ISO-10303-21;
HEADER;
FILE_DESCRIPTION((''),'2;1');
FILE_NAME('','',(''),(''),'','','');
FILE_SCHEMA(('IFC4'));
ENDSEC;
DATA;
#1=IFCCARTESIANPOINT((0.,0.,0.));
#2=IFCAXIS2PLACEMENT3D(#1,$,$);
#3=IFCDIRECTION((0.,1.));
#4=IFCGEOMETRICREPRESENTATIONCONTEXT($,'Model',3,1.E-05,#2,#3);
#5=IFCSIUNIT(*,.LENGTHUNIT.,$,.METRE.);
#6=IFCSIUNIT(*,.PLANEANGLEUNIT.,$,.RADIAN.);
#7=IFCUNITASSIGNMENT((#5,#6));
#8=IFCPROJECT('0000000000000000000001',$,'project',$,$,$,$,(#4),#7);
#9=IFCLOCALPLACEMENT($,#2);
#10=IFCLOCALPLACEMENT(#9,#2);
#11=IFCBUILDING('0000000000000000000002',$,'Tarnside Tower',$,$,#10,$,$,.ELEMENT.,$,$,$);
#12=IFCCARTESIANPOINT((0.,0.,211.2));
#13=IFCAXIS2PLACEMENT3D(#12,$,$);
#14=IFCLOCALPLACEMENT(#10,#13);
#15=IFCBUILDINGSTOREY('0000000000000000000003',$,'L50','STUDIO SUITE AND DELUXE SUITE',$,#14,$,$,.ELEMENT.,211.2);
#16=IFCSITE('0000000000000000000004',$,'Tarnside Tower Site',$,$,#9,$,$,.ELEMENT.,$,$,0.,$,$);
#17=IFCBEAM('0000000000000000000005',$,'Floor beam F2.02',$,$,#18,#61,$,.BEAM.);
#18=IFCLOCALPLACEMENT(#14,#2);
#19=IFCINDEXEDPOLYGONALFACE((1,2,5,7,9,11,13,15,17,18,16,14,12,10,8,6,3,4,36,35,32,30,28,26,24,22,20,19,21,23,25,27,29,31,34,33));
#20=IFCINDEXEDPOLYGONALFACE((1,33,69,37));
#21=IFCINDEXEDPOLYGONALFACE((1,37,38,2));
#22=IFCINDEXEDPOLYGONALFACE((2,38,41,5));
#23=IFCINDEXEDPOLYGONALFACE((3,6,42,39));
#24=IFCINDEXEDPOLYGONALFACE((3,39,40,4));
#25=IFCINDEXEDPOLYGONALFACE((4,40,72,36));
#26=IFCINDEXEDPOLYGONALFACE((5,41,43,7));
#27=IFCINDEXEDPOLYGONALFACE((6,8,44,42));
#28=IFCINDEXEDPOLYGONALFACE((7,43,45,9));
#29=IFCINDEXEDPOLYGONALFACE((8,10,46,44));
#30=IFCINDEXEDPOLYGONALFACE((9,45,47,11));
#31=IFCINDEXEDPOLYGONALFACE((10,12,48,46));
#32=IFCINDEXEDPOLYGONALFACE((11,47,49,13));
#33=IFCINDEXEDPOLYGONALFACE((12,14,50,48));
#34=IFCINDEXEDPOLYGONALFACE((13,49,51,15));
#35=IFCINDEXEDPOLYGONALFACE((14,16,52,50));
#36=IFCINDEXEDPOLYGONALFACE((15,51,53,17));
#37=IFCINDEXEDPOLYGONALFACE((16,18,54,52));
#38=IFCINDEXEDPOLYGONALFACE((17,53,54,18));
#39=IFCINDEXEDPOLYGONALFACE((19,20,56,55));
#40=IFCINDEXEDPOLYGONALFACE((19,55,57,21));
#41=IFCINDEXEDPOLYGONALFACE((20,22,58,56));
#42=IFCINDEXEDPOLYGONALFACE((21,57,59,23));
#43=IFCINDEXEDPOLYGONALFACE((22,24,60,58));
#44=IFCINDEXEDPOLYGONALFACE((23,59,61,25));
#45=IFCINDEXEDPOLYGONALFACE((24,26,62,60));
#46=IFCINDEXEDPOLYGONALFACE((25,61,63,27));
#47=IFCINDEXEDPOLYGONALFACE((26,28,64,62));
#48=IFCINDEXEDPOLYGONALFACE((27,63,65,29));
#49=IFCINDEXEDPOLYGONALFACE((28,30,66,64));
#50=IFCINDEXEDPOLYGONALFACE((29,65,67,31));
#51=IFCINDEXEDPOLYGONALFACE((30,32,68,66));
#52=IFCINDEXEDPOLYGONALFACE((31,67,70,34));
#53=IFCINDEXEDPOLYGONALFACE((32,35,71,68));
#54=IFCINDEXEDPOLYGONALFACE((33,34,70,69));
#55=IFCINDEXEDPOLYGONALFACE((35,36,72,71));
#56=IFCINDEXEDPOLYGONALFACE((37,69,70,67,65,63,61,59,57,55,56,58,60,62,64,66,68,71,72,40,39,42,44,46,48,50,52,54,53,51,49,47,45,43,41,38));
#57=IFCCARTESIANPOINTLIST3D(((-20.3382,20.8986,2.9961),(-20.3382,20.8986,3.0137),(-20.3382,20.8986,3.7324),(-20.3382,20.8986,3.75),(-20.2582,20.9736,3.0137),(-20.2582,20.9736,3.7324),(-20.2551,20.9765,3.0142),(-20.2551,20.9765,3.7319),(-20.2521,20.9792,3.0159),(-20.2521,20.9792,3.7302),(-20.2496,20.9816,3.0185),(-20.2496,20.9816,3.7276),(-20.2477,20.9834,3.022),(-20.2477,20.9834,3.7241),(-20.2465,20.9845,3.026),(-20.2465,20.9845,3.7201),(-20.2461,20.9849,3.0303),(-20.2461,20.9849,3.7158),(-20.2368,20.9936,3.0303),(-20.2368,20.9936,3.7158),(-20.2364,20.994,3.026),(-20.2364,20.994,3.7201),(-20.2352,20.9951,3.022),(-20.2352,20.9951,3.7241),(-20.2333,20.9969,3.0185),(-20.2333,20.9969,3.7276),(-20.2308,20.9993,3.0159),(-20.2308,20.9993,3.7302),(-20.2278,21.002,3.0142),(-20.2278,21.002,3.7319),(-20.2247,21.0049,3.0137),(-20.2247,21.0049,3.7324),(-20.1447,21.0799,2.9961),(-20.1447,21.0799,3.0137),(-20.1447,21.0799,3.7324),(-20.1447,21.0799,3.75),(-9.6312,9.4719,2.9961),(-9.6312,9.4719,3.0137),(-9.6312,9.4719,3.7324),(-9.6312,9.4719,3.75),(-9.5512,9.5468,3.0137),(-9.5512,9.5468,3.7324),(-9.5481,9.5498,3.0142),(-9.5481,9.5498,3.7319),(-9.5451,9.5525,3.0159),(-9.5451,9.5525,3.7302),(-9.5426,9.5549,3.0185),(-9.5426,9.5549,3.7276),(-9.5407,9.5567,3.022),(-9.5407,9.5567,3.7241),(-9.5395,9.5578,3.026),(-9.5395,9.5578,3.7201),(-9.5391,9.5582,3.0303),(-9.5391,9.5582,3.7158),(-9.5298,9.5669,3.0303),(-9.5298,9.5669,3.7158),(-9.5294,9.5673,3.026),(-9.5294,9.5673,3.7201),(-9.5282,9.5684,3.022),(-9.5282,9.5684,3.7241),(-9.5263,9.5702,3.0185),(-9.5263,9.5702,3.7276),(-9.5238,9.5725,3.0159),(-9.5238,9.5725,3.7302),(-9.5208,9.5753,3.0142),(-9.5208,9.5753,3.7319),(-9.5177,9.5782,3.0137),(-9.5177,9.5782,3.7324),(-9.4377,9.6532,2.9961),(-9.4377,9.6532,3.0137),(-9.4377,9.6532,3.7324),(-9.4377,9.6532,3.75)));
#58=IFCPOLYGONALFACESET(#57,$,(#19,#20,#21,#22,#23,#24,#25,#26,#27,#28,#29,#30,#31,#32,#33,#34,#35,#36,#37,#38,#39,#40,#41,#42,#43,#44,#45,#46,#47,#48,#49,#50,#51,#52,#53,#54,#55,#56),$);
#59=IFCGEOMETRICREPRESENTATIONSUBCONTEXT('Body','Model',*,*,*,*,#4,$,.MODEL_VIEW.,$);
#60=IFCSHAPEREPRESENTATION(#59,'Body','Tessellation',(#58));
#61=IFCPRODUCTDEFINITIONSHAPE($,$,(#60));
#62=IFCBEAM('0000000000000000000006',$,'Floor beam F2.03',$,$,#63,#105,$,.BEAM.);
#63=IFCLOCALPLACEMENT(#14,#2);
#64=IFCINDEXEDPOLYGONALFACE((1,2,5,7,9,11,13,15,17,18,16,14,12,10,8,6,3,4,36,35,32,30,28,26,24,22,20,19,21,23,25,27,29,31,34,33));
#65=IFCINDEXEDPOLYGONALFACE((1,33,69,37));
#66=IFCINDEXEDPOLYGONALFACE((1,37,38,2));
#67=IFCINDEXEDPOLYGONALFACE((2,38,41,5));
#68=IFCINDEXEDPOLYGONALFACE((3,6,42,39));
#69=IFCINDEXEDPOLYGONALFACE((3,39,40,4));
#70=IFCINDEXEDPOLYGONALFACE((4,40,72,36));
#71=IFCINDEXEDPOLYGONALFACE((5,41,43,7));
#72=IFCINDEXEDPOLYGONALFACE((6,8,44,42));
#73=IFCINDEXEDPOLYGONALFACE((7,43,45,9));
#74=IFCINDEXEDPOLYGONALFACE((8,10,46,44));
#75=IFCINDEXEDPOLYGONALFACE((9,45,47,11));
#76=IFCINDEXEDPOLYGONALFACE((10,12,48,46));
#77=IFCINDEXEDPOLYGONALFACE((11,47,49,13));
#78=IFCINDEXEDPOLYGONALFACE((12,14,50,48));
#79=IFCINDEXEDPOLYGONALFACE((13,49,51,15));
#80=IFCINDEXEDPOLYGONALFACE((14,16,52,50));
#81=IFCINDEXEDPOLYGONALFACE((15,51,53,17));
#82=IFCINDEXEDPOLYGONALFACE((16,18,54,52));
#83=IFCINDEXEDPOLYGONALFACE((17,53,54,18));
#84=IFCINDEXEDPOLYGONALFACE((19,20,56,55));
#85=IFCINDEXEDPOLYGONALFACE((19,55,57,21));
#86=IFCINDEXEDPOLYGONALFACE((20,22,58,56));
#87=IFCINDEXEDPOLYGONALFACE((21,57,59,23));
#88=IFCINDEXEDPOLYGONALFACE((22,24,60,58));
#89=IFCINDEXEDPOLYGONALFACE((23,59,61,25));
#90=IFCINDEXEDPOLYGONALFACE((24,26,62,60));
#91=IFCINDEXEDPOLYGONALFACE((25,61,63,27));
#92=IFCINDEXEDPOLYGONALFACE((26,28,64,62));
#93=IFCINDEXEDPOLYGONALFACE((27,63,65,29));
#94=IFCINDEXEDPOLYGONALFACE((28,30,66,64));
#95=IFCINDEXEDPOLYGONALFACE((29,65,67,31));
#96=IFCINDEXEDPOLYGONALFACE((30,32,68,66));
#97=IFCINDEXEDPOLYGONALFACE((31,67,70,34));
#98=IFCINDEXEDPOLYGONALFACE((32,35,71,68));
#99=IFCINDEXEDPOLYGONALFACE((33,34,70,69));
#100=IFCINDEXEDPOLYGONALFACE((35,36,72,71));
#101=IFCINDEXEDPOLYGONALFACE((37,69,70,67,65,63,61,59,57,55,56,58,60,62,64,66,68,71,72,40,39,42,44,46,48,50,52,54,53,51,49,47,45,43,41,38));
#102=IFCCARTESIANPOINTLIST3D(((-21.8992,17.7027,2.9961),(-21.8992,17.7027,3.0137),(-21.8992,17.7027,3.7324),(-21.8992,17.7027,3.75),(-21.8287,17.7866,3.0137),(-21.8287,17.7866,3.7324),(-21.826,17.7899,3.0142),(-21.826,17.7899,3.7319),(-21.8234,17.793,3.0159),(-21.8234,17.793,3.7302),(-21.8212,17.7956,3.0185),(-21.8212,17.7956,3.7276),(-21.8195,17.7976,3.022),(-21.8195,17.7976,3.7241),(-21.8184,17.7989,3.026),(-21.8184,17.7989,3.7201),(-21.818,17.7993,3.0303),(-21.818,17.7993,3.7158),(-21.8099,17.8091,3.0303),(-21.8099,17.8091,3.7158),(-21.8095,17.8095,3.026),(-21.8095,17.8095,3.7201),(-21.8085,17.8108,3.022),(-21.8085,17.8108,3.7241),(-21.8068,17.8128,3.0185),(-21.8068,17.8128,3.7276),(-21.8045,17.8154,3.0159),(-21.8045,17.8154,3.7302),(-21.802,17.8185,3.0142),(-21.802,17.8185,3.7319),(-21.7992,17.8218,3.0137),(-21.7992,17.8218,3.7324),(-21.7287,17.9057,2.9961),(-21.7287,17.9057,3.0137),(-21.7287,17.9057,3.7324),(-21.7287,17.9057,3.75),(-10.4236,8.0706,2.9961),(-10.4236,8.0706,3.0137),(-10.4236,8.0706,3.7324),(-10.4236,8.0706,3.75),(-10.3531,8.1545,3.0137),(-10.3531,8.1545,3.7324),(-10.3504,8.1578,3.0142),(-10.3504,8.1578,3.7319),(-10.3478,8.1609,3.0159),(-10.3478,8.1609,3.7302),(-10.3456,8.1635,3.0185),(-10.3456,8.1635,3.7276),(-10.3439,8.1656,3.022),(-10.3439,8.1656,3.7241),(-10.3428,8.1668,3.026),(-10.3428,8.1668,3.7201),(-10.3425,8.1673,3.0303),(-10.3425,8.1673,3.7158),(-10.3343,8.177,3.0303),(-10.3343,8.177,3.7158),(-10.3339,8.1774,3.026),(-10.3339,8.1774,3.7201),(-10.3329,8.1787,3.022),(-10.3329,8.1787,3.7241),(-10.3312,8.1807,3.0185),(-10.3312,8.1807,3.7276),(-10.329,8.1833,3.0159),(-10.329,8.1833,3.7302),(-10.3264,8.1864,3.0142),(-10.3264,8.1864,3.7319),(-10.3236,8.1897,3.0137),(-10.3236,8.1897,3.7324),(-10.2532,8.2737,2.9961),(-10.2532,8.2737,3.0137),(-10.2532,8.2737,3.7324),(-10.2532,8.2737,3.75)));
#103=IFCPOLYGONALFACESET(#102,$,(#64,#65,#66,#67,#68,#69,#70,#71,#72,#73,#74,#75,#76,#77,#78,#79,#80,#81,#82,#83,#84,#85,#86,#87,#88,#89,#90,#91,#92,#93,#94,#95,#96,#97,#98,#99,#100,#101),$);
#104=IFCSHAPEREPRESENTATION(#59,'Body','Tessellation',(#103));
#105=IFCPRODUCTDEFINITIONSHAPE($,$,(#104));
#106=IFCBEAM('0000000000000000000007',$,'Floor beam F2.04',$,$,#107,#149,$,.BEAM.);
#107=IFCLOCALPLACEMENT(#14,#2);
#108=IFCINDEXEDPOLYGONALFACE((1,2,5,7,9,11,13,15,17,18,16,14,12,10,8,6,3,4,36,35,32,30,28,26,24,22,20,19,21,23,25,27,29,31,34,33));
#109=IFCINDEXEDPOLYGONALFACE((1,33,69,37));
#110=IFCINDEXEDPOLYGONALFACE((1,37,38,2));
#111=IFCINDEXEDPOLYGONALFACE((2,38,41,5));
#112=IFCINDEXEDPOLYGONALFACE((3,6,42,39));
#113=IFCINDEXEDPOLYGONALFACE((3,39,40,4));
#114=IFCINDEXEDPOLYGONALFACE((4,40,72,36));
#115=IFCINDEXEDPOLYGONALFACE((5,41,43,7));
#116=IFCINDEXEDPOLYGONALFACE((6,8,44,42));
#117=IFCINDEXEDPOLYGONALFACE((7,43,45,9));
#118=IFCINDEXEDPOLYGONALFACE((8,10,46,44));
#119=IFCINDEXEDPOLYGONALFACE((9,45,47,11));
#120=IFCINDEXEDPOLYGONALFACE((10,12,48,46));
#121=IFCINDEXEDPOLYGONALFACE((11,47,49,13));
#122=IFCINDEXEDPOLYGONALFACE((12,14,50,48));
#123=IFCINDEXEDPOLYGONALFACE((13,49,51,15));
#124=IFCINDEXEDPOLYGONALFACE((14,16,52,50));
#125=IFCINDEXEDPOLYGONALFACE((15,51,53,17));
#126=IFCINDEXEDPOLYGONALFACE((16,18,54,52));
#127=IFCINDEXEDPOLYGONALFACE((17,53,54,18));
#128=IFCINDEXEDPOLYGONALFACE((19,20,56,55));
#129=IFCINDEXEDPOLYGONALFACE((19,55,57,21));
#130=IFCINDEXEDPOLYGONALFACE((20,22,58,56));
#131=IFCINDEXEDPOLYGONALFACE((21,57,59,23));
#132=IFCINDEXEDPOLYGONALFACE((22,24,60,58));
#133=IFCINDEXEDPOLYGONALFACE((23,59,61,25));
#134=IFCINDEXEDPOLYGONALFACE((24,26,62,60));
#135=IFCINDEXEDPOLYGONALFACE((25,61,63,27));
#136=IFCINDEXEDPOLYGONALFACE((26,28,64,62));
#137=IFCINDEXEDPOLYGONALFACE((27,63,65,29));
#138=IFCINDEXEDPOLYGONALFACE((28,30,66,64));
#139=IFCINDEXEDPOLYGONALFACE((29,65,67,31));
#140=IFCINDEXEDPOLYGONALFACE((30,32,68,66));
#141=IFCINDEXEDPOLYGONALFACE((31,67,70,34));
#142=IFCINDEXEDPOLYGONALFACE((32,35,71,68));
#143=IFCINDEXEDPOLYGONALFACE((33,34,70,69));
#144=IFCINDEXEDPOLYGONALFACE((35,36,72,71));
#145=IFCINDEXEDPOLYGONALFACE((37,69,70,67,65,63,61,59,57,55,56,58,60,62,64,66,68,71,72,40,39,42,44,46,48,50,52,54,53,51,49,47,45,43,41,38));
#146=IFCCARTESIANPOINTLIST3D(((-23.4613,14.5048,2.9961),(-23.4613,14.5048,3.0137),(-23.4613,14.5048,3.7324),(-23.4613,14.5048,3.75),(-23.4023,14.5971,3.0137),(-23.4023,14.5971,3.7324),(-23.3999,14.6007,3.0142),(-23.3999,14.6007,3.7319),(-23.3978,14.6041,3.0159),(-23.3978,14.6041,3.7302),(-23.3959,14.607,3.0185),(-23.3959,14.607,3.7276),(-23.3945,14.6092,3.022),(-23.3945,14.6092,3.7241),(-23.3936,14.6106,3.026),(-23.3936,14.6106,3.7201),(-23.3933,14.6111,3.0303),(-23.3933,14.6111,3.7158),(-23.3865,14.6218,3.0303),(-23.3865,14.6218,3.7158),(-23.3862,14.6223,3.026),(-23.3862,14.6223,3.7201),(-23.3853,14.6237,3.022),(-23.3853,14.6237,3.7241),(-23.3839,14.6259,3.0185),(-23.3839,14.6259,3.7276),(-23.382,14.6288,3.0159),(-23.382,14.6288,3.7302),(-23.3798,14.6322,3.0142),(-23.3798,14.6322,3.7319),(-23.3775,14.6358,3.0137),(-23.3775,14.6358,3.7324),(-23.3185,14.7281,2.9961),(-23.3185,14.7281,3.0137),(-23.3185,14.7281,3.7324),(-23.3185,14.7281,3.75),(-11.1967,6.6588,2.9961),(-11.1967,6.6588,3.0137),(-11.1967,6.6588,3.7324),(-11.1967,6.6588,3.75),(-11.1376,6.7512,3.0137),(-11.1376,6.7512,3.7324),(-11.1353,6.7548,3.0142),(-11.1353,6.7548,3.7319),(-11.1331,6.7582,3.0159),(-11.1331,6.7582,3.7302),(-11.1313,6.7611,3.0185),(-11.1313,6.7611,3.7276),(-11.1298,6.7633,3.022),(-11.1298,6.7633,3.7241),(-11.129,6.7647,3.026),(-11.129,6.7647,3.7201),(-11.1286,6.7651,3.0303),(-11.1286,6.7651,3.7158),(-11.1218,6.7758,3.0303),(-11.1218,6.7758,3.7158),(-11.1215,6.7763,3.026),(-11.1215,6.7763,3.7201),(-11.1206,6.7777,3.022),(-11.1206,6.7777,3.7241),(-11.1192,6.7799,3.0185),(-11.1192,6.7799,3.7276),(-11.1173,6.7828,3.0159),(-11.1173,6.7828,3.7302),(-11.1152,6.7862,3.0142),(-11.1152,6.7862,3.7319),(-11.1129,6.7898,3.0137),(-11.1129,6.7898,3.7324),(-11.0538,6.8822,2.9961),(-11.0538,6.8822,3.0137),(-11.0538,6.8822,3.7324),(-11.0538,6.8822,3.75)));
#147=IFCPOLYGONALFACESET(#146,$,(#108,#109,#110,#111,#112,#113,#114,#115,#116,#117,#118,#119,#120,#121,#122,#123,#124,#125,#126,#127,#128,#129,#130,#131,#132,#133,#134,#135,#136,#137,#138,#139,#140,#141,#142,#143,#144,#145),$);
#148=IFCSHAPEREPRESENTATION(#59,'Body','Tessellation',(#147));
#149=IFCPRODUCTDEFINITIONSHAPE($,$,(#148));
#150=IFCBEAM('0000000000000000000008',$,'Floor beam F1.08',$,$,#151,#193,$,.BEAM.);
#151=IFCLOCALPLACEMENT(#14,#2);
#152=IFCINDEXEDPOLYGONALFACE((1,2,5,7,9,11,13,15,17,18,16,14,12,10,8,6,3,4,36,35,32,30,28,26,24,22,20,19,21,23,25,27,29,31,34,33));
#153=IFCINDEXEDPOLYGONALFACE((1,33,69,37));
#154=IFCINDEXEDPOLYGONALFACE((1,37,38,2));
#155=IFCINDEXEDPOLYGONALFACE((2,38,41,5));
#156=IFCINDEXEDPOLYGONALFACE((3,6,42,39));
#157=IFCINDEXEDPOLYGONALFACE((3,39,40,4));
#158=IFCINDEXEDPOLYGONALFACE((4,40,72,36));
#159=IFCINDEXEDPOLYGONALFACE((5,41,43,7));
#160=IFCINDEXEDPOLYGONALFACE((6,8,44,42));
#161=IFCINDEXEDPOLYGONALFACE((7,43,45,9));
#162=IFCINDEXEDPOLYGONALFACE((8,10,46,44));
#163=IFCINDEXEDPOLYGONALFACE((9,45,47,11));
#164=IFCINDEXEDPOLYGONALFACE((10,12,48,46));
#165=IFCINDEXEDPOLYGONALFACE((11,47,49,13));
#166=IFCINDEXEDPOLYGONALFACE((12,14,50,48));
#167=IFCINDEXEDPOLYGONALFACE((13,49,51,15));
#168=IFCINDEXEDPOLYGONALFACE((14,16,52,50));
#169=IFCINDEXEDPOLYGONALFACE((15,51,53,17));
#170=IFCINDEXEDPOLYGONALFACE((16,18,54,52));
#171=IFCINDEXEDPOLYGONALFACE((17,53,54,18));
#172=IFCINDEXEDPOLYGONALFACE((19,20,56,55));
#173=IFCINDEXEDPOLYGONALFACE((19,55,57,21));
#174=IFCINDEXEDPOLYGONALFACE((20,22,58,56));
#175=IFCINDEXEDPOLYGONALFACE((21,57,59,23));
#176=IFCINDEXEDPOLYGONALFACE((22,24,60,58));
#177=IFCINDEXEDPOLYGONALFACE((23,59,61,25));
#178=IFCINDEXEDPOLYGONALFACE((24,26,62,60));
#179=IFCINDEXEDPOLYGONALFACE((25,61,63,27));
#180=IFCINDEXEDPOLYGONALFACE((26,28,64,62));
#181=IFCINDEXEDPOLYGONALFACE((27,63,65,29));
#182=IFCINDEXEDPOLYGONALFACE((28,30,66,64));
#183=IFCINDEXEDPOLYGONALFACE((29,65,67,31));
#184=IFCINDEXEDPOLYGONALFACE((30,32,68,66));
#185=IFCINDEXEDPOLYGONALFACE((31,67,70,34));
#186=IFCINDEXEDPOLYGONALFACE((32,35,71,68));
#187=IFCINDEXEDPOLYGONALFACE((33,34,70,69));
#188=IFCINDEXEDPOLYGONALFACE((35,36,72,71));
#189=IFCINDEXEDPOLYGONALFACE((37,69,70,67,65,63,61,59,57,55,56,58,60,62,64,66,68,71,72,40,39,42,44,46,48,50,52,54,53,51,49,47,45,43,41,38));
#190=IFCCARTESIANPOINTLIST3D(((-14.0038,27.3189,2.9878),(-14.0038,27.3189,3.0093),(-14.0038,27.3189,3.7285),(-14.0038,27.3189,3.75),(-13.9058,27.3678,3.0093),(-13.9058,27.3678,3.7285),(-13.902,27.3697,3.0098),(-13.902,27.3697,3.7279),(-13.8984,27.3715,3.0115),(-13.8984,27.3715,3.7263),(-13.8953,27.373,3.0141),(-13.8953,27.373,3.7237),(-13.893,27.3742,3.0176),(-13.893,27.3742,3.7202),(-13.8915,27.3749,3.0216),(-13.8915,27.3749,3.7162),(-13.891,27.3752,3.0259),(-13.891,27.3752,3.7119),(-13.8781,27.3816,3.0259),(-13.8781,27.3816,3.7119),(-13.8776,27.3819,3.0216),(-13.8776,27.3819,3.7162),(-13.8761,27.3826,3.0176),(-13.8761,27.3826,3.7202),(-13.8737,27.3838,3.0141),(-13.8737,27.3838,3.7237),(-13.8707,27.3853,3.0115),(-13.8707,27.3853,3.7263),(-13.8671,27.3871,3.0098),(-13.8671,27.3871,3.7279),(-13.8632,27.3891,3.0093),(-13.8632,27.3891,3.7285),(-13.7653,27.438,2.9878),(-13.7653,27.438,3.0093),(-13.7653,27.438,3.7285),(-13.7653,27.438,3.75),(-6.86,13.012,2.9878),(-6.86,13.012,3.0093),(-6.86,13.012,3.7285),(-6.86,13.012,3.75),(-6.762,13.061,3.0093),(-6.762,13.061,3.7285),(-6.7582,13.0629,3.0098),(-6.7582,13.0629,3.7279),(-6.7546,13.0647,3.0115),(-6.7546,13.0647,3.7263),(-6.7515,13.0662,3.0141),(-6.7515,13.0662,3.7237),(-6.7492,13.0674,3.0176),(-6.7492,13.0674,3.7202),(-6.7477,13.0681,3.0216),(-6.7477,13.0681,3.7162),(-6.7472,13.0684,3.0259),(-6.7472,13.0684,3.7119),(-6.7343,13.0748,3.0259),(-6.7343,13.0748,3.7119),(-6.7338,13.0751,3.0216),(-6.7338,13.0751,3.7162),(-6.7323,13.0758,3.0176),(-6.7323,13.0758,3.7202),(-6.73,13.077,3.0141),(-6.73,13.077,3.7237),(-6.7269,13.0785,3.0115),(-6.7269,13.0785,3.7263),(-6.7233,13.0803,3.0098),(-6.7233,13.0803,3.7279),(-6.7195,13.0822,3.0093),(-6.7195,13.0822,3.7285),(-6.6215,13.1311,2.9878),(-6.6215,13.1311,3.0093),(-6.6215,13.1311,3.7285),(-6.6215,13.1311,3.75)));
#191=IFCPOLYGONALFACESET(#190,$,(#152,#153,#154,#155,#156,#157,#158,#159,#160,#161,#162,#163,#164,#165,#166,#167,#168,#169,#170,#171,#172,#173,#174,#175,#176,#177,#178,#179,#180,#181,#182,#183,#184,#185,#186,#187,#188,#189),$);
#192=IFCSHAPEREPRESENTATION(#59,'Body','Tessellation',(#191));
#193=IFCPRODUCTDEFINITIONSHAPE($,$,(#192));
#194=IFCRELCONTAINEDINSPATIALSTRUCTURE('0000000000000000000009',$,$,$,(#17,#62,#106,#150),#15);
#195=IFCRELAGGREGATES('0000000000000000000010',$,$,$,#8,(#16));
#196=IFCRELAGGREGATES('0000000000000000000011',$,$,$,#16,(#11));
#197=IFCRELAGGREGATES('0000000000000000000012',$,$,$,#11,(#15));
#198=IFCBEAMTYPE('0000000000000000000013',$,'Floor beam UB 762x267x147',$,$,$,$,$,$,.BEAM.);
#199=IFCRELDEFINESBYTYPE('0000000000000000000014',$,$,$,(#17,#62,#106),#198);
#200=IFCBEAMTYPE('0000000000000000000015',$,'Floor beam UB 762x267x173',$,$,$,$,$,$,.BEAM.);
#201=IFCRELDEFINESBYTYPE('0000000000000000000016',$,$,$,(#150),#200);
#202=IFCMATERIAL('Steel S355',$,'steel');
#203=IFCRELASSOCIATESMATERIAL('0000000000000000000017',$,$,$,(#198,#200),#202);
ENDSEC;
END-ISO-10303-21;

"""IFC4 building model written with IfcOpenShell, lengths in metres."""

from ifc_helpers import new_model, si_unit, direction, frame, origin, origin_2d, place, context, subcontext, project, spatial, i_section, extrude, material, material_profile, profile_set, type_object, element, save


model = new_model("IFC4")

# Units and contexts
model_context = context("Model", 3, precision=1e-05, world=origin(), true_north=direction((0.0, 1.0)))
body_context = subcontext(model_context, "Body", "Model", "MODEL_VIEW")
ifc_project = project(units=[si_unit("LENGTHUNIT", "METRE"), si_unit("PLANEANGLEUNIT", "RADIAN")], contexts=[model_context])

# Site, building, storey
site_placement = place(None, origin())
site = spatial("IfcSite", under=ifc_project, at=site_placement, Name="Tarnside Tower Site", CompositionType="ELEMENT", RefElevation=0.0)
building_placement = place(site_placement, origin())
building = spatial("IfcBuilding", under=site, at=building_placement, Name="Tarnside Tower", CompositionType="ELEMENT")
storey_placement = place(building_placement, frame((0.0, 0.0, 211.2)))
storey = spatial("IfcBuildingStorey", under=building, at=storey_placement, Name="L50", Description="STUDIO SUITE AND DELUXE SUITE", CompositionType="ELEMENT", Elevation=211.2)

# Beams
ifc_material_1 = material(Name="Steel S355", Category="steel")
ifc_material_profile_1 = material_profile(ifc_material_1, i_section(OverallWidth=0.2651, OverallDepth=0.7539, WebThickness=0.0127, FlangeThickness=0.0176, FilletRadius=0.0166, at=origin_2d()), Name="UB 762x267x147")
ifc_profile_set_1 = profile_set([ifc_material_profile_1], Name="Steel S355")
beam_type_1 = type_object("IfcBeamType", Name="Floor beam UB 762x267x147", PredefinedType="BEAM", material=ifc_profile_set_1)
beam_1_placement = place(storey_placement, frame((-20.2415, 20.9893, 3.373), z_axis=(0.683752, -0.729714, 0.0), x_axis=(0.729714, 0.683752, 0.0)))
element("IfcBeam", 1, at=beam_1_placement, inside=storey, type_object=beam_type_1, Name="Floor beam F2.02", PredefinedType="BEAM", context=body_context, shape_type="SweptSolid", body=[
    extrude(i_section(OverallWidth=0.2651, OverallDepth=0.7539, WebThickness=0.0127, FlangeThickness=0.0176, FilletRadius=0.0166, at=origin_2d()), origin(), (0.0, 0.0, 1.0), 15.6592),
])
beam_2_placement = place(storey_placement, frame((-21.814, 17.8042, 3.373), z_axis=(0.765948, -0.642902, 0.0), x_axis=(0.642902, 0.765948, 0.0)))
element("IfcBeam", 2, at=beam_2_placement, inside=storey, type_object=beam_type_1, Name="Floor beam F2.03", PredefinedType="BEAM", context=body_context, shape_type="SweptSolid", body=[
    extrude(i_section(OverallWidth=0.2651, OverallDepth=0.7539, WebThickness=0.0127, FlangeThickness=0.0176, FilletRadius=0.0166, at=origin_2d()), origin(), (0.0, 0.0, 1.0), 14.9822),
])
beam_3_placement = place(storey_placement, frame((-23.3899, 14.6165, 3.373), z_axis=(0.842378, -0.538887, 0.0), x_axis=(0.538887, 0.842378, 0.0)))
element("IfcBeam", 3, at=beam_3_placement, inside=storey, type_object=beam_type_1, Name="Floor beam F2.04", PredefinedType="BEAM", context=body_context, shape_type="SweptSolid", body=[
    extrude(i_section(OverallWidth=0.2651, OverallDepth=0.7539, WebThickness=0.0127, FlangeThickness=0.0176, FilletRadius=0.0166, at=origin_2d()), origin(), (0.0, 0.0, 1.0), 14.5596),
])
ifc_material_profile_2 = material_profile(ifc_material_1, i_section(OverallWidth=0.2666, OverallDepth=0.7622, WebThickness=0.0144, FlangeThickness=0.0215, FilletRadius=0.0166, at=origin_2d()), Name="UB 762x267x173")
ifc_profile_set_2 = profile_set([ifc_material_profile_2], Name="Steel S355")
beam_type_2 = type_object("IfcBeamType", Name="Floor beam UB 762x267x173", PredefinedType="BEAM", material=ifc_profile_set_2)
beam_4_placement = place(storey_placement, frame((-13.8845, 27.3784, 3.3689), z_axis=(0.446731, -0.894668, 0.0), x_axis=(0.894668, 0.446731, 0.0)))
element("IfcBeam", 4, at=beam_4_placement, inside=storey, type_object=beam_type_2, Name="Floor beam F1.08", PredefinedType="BEAM", context=body_context, shape_type="SweptSolid", body=[
    extrude(i_section(OverallWidth=0.2666, OverallDepth=0.7622, WebThickness=0.0144, FlangeThickness=0.0215, FilletRadius=0.0166, at=origin_2d()), origin(), (0.0, 0.0, 1.0), 15.9912),
])

save(model, "model.ifc")
